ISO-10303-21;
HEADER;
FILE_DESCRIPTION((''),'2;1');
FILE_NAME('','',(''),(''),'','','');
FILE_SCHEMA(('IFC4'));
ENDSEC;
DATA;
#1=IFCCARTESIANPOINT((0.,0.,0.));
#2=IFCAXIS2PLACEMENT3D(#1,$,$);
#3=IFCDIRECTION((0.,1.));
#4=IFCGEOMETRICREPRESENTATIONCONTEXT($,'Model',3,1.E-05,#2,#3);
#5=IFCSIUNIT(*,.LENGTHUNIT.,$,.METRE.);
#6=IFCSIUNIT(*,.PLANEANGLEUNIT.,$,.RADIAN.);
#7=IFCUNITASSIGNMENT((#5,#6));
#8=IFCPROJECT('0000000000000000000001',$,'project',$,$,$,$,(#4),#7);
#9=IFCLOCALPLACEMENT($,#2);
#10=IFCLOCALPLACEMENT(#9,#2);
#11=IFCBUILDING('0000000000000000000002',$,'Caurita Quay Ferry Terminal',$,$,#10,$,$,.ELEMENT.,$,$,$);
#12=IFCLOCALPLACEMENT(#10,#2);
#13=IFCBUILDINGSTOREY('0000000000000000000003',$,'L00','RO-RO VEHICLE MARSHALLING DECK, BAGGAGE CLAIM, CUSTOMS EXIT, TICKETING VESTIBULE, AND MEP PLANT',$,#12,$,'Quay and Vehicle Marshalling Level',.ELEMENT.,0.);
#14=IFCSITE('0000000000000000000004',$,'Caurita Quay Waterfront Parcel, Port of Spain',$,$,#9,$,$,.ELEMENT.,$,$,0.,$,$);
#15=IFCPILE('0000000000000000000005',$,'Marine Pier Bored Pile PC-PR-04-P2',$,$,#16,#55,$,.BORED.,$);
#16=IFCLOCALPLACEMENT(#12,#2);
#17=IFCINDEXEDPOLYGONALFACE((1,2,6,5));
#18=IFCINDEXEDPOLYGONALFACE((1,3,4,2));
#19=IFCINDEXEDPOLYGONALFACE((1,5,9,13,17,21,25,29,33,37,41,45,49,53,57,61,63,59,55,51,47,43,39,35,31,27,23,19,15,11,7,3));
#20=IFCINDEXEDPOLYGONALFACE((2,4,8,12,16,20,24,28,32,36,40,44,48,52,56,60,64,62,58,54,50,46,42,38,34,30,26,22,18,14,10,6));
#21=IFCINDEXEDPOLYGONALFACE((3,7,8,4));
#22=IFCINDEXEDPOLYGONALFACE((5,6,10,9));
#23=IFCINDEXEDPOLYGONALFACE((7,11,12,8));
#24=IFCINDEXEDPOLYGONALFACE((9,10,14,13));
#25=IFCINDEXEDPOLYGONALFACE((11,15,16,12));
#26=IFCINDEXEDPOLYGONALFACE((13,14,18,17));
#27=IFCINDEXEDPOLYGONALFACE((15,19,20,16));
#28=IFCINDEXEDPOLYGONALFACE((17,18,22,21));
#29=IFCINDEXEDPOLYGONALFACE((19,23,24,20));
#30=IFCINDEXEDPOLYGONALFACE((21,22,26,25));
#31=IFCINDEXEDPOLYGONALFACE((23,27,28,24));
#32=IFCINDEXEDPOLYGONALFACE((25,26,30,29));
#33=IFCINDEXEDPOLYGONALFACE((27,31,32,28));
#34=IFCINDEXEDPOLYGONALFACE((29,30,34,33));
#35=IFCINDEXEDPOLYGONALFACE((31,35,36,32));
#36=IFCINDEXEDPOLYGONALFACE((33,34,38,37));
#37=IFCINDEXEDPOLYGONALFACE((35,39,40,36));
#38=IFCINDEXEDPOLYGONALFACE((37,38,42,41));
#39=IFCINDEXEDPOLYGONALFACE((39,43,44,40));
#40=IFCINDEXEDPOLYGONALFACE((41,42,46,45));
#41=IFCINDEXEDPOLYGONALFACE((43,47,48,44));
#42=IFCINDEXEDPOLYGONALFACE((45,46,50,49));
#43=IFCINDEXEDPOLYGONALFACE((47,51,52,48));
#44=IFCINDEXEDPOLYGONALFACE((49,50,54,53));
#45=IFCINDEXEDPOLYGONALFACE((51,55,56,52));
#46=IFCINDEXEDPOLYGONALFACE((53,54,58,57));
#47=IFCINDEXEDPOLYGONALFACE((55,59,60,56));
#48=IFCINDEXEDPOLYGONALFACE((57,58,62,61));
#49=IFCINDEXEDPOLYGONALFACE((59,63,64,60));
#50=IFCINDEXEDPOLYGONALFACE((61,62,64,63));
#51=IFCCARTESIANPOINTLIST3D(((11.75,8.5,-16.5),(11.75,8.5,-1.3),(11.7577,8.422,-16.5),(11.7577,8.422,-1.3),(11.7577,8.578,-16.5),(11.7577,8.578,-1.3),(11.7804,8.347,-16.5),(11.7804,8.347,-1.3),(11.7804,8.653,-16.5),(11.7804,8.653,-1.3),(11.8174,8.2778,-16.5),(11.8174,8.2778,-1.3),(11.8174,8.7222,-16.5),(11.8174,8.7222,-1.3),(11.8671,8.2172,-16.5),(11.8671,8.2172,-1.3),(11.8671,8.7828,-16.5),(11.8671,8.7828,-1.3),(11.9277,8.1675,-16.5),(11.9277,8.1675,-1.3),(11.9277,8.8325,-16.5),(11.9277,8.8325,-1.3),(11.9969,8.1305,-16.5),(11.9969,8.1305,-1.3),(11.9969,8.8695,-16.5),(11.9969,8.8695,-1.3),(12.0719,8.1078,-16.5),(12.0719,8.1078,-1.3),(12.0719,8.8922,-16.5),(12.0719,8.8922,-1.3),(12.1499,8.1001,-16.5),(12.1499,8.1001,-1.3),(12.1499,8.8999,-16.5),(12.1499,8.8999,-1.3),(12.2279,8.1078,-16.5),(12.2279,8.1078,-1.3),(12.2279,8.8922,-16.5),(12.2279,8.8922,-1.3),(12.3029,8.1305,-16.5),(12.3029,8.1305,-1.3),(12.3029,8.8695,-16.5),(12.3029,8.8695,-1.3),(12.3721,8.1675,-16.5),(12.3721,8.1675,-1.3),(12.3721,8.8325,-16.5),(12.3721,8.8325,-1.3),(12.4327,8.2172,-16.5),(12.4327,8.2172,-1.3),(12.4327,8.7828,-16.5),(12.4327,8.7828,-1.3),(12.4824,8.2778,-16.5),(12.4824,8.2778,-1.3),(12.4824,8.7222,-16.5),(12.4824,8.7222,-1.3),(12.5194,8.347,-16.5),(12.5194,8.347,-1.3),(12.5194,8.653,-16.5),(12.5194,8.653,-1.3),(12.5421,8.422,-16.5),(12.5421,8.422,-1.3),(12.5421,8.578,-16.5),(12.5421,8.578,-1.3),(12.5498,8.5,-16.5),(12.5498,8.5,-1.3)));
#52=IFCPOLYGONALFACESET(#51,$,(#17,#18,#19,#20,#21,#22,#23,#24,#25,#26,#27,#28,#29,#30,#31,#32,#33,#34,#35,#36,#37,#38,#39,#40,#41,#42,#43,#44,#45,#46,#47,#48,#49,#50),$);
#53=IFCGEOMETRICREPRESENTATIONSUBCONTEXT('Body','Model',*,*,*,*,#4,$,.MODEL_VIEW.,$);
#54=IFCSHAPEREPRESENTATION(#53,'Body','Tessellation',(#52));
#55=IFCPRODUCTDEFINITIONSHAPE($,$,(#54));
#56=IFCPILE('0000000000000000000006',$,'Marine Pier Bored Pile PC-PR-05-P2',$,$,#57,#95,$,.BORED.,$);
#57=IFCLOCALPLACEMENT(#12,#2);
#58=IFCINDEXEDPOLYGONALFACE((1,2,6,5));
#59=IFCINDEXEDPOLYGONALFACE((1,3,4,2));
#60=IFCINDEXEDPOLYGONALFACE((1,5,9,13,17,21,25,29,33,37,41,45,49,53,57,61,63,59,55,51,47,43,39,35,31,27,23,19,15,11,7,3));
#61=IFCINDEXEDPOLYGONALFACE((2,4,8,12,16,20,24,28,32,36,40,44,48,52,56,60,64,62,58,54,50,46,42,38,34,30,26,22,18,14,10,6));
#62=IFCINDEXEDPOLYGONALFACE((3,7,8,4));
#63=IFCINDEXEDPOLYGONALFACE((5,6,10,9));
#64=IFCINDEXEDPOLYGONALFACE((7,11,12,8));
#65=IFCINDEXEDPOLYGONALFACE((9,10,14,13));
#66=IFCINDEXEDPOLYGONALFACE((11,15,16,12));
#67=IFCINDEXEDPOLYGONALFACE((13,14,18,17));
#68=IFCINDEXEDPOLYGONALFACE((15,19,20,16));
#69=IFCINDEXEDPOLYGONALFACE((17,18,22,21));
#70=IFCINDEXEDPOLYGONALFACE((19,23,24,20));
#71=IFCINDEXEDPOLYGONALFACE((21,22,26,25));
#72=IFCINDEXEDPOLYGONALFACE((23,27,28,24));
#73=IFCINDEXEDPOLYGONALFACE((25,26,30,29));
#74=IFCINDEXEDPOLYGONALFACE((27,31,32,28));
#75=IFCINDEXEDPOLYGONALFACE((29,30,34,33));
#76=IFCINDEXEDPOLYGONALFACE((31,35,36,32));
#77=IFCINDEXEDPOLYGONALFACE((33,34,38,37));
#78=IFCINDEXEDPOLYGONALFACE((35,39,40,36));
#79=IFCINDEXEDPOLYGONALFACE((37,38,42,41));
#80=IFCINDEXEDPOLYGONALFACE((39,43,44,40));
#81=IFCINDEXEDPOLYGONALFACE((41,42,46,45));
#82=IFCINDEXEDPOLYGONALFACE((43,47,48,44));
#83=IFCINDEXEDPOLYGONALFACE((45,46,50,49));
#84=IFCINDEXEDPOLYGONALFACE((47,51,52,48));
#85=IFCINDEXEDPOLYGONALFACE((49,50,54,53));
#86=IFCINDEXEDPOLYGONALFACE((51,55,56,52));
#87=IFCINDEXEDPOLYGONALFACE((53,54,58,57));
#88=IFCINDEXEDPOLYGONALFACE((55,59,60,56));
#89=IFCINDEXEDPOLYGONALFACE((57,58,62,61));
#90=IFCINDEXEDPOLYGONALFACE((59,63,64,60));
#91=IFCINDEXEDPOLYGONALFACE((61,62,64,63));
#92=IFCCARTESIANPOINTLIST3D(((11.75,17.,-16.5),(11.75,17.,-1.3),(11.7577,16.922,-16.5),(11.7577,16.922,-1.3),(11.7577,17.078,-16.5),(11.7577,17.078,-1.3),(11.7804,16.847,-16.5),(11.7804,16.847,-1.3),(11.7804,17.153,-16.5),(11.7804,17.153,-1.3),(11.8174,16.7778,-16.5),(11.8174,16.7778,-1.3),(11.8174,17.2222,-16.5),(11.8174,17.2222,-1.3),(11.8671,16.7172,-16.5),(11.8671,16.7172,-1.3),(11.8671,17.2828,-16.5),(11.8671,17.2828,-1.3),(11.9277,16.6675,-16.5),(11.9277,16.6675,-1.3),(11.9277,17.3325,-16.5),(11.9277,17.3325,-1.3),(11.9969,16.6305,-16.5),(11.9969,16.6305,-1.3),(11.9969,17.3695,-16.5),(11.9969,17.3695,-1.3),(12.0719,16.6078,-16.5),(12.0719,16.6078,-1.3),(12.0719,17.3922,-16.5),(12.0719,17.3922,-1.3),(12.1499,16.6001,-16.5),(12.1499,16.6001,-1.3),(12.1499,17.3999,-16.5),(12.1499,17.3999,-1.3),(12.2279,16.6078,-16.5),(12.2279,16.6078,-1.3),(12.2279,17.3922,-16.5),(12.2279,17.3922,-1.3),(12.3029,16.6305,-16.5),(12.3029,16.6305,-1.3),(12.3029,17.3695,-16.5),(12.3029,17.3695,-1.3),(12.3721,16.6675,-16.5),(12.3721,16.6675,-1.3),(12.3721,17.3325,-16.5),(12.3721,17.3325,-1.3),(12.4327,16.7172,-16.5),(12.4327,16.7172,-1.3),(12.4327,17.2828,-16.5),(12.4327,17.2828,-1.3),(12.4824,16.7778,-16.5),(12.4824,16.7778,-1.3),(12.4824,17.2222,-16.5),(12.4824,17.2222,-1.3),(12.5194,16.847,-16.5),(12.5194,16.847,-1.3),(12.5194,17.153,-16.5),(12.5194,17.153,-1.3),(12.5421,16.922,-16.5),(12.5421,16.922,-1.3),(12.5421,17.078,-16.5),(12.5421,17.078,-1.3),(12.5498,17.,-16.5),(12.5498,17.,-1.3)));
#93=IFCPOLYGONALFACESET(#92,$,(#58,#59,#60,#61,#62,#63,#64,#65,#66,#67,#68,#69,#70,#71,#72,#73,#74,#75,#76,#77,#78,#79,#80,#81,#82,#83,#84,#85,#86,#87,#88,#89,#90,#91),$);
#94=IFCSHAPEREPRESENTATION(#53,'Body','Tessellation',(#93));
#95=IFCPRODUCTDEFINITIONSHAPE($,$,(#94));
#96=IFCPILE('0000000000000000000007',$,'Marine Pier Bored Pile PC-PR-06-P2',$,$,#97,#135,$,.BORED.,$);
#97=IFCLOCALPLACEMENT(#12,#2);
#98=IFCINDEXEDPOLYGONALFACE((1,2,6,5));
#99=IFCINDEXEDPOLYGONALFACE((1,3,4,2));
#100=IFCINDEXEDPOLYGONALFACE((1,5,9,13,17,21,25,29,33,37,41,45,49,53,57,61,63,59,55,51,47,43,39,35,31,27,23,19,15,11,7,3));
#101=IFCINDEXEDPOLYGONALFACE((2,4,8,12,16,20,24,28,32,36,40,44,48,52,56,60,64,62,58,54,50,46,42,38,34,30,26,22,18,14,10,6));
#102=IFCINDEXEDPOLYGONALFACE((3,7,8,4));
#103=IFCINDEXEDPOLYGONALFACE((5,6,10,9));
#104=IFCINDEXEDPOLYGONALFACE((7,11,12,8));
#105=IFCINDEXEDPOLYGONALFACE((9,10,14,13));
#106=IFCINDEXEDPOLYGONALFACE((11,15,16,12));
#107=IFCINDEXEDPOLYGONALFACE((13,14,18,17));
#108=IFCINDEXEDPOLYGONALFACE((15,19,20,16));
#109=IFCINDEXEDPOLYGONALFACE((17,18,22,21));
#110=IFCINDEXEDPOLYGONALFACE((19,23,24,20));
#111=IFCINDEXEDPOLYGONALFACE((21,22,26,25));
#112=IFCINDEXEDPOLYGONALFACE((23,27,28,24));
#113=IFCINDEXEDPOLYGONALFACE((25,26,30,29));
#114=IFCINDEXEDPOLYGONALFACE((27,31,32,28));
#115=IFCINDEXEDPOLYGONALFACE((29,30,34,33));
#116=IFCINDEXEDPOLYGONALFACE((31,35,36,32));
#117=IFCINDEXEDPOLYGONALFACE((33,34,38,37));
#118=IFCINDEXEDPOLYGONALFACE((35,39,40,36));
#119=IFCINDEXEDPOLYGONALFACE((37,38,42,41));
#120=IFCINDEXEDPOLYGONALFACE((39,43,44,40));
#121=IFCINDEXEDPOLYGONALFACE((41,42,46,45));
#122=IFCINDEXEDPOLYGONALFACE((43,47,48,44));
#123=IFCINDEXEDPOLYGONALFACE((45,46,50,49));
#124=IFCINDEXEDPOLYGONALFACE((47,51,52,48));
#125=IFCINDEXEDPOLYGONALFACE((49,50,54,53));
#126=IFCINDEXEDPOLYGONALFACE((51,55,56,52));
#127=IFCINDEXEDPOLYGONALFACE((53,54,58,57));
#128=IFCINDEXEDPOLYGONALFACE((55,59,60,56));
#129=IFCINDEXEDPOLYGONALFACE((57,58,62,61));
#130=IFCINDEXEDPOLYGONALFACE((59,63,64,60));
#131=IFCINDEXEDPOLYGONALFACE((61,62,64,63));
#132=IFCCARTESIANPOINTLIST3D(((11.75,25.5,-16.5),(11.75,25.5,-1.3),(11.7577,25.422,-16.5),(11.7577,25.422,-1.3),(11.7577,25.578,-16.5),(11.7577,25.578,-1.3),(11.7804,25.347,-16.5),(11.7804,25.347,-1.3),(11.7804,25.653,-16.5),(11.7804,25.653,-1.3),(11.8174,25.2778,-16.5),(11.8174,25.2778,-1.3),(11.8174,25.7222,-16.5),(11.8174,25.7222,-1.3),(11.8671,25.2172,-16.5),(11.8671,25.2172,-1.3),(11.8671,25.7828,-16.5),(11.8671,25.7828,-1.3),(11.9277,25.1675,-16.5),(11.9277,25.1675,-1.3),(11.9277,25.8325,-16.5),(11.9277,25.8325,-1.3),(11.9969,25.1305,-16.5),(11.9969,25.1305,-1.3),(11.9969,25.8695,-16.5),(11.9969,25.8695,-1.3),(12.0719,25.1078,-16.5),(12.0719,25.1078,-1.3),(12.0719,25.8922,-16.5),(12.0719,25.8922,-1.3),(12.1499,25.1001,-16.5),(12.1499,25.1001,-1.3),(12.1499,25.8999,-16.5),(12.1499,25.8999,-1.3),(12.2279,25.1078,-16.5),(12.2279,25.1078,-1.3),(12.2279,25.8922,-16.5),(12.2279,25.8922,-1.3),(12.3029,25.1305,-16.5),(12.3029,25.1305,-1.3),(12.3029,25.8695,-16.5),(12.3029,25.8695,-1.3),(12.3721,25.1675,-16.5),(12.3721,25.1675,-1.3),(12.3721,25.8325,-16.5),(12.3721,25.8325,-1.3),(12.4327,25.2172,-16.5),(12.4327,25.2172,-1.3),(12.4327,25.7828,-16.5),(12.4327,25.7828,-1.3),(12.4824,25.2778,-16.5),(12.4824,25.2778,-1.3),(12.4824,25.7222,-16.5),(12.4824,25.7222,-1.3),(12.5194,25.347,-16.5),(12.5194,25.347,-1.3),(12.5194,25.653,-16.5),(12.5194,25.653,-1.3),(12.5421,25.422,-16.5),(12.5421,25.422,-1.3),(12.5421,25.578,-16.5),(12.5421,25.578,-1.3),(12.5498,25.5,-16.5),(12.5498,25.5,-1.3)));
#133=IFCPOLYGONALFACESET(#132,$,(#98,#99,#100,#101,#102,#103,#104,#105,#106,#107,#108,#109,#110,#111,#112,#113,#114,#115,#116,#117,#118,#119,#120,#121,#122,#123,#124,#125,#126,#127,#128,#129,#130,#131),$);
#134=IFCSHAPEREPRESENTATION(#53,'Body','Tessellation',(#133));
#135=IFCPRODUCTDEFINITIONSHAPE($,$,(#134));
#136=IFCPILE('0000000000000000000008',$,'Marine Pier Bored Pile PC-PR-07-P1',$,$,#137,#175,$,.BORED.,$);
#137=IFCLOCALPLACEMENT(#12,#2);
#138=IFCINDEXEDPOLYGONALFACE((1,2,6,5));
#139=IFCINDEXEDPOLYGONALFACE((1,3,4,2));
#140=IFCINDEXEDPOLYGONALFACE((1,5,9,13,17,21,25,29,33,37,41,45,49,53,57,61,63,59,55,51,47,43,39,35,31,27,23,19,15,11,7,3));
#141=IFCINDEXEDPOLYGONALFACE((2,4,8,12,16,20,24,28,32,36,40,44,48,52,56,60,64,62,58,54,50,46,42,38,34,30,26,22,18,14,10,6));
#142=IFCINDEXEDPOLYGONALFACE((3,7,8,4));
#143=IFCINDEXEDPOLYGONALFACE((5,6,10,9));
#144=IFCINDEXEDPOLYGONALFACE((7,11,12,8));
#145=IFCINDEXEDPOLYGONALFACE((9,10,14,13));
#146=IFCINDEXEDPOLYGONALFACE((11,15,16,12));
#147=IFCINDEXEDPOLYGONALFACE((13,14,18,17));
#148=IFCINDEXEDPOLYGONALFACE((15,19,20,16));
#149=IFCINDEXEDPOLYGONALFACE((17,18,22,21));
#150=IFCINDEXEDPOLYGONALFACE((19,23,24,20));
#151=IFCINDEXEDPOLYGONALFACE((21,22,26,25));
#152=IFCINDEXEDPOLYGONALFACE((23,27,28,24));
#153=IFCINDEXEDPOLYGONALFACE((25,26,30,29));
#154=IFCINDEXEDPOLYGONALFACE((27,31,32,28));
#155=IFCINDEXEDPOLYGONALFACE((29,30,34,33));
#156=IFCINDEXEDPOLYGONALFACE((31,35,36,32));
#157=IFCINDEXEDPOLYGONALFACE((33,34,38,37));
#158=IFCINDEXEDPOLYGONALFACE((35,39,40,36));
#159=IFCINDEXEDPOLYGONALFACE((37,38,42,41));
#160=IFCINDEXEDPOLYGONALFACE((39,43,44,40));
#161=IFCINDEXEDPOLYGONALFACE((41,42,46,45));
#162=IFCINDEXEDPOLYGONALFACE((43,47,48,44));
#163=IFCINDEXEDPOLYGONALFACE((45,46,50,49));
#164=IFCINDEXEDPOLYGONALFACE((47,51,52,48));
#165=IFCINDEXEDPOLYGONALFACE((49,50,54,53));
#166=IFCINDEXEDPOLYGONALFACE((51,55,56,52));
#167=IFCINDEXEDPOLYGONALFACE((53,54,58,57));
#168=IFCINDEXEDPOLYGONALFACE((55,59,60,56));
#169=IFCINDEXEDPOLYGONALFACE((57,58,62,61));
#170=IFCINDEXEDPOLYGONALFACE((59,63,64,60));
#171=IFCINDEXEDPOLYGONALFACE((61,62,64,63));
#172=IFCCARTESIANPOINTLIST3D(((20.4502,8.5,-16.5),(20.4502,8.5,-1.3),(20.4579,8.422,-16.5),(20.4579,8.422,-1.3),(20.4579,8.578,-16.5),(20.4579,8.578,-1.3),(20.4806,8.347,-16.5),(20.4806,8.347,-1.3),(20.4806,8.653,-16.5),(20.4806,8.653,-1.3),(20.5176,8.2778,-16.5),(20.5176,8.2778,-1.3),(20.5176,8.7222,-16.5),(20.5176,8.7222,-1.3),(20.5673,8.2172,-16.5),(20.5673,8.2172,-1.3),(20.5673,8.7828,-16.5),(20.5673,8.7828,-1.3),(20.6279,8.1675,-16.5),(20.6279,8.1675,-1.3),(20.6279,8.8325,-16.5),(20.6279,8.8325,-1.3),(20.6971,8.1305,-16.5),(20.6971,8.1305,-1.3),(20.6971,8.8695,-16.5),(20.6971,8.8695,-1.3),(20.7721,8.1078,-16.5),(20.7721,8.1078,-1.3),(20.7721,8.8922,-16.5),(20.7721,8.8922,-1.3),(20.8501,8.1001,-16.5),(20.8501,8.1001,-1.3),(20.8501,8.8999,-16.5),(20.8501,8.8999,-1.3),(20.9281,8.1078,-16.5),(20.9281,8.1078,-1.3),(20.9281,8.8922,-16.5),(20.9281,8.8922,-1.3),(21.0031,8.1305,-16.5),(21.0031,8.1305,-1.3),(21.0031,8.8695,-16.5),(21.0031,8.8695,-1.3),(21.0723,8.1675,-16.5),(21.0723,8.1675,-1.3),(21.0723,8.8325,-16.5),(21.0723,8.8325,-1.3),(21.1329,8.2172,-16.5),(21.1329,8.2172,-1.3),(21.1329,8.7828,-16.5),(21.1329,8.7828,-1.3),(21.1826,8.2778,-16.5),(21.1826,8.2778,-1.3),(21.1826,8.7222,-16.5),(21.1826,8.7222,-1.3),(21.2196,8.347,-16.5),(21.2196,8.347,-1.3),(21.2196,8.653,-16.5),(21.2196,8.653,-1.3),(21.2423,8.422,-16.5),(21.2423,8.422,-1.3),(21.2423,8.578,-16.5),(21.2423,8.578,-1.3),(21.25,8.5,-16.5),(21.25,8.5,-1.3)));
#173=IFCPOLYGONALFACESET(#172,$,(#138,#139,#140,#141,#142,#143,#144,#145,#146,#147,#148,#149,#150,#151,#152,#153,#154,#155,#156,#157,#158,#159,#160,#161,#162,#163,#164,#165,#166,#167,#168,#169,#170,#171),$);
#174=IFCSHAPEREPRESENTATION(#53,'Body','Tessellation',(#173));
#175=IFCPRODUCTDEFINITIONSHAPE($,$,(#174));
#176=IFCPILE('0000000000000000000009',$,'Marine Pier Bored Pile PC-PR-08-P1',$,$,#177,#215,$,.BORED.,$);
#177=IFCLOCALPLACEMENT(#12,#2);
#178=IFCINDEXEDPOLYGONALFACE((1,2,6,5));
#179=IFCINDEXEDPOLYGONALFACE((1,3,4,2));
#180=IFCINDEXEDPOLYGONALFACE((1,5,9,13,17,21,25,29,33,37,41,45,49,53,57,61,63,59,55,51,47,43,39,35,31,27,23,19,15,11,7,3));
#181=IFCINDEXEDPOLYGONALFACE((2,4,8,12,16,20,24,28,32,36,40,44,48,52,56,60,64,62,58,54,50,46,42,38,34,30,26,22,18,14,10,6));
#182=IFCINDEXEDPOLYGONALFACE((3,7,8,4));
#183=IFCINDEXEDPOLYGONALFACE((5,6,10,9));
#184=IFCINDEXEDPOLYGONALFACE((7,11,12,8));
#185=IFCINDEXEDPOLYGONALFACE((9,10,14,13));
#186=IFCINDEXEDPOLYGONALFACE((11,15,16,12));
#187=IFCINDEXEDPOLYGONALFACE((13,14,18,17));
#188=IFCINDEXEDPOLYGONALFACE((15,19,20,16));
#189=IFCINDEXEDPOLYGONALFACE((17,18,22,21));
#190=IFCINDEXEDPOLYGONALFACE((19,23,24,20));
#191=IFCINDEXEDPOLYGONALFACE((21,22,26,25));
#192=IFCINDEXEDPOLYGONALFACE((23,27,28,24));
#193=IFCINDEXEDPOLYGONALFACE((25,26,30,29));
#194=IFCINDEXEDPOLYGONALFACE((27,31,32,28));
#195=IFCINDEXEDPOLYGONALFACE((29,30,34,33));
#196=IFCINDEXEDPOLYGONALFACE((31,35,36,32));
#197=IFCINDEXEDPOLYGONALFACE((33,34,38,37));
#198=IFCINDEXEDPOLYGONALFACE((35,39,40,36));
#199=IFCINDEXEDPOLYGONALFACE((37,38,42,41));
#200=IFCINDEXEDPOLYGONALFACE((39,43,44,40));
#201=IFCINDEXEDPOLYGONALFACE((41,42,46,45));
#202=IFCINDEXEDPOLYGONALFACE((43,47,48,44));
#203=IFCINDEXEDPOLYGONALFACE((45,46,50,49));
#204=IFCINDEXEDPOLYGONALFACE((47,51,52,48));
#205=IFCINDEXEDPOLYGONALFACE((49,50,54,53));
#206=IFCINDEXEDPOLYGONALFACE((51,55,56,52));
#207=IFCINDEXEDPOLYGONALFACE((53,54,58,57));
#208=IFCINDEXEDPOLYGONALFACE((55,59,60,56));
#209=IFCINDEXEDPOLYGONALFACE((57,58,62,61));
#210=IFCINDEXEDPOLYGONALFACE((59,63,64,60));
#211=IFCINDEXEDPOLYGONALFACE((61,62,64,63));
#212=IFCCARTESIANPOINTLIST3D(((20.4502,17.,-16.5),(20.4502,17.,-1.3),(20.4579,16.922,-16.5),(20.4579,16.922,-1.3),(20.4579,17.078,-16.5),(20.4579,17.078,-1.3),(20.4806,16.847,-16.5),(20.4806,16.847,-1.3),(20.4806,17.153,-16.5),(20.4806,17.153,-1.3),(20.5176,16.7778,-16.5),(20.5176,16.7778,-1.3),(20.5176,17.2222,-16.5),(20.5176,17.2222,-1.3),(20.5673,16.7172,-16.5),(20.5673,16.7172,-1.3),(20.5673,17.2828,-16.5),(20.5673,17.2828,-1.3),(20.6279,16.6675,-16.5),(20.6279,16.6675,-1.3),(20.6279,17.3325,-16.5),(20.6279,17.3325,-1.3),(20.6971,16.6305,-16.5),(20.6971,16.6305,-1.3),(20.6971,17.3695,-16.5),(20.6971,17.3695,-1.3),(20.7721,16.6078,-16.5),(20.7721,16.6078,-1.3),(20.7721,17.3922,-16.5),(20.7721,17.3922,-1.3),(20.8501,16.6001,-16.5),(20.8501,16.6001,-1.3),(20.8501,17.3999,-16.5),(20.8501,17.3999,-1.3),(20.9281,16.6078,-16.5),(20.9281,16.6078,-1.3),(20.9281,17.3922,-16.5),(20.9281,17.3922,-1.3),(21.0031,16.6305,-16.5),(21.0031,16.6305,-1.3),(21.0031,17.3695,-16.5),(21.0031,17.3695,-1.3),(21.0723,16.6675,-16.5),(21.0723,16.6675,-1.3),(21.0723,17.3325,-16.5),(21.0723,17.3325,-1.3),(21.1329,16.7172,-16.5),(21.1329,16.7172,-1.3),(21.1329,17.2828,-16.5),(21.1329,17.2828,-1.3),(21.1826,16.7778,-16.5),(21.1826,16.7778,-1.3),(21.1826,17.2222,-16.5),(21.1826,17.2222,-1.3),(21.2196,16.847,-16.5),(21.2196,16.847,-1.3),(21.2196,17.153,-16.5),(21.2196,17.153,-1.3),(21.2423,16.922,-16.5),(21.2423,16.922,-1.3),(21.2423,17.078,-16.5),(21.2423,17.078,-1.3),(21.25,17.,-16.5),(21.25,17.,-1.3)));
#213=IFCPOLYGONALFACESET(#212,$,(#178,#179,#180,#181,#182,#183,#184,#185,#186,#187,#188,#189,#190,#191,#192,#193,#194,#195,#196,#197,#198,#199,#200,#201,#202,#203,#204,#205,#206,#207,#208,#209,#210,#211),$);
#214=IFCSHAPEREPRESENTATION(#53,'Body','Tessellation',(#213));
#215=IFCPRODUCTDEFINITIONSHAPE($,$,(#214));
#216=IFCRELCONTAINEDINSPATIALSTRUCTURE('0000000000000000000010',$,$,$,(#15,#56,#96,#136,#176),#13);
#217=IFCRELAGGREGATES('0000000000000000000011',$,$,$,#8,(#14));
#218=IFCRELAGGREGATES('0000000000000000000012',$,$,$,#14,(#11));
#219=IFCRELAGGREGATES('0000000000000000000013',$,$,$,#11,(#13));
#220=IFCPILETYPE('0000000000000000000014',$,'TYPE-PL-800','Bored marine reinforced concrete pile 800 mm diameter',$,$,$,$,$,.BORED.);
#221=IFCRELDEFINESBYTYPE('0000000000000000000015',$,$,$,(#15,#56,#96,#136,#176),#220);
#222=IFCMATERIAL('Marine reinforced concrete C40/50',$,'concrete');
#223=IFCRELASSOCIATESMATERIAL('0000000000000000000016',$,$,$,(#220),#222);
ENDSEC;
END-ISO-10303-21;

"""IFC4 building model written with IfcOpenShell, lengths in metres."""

from ifc_helpers import new_model, si_unit, direction, frame, origin, origin_2d, place, context, subcontext, project, spatial, circle, extrude, material, material_profile, profile_set, type_object, element, save


model = new_model("IFC4")

# Units and contexts
model_context = context("Model", 3, precision=1e-05, world=origin(), true_north=direction((0.0, 1.0)))
body_context = subcontext(model_context, "Body", "Model", "MODEL_VIEW")
ifc_project = project(units=[si_unit("LENGTHUNIT", "METRE"), si_unit("PLANEANGLEUNIT", "RADIAN")], contexts=[model_context])

# Site, building, storey
site_placement = place(None, origin())
site = spatial("IfcSite", under=ifc_project, at=site_placement, Name="Caurita Quay Waterfront Parcel, Port of Spain", CompositionType="ELEMENT", RefElevation=0.0)
building_placement = place(site_placement, origin())
building = spatial("IfcBuilding", under=site, at=building_placement, Name="Caurita Quay Ferry Terminal", CompositionType="ELEMENT")
storey_placement = place(building_placement, origin())
storey = spatial("IfcBuildingStorey", under=building, at=storey_placement, Name="L00", Description="RO-RO VEHICLE MARSHALLING DECK, BAGGAGE CLAIM, CUSTOMS EXIT, TICKETING VESTIBULE, AND MEP PLANT", LongName="Quay and Vehicle Marshalling Level", CompositionType="ELEMENT", Elevation=0.0)

# Piles
ifc_material_1 = material(Name="Marine reinforced concrete C40/50", Category="concrete")
ifc_material_profile_1 = material_profile(ifc_material_1, circle(Radius=0.3999, at=origin_2d()), Name="PILE-D800")
ifc_profile_set_1 = profile_set([ifc_material_profile_1], Name="Marine reinforced concrete C40/50")
pile_type_1 = type_object("IfcPileType", Name="TYPE-PL-800", Description="Bored marine reinforced concrete pile 800 mm diameter", PredefinedType="BORED", material=ifc_profile_set_1)
for number, where, z_axis, x_axis, name in (
    (1, (12.1499, 8.5, -1.3), (0.0, 0.0, -1.0), (1.0, 0.0, 0.0), "Marine Pier Bored Pile PC-PR-04-P2"),
    (2, (12.1499, 17.0, -1.3), (0.0, 0.0, -1.0), (1.0, 0.0, 0.0), "Marine Pier Bored Pile PC-PR-05-P2"),
    (3, (12.1499, 25.5, -1.3), (0.0, 0.0, -1.0), (1.0, 0.0, 0.0), "Marine Pier Bored Pile PC-PR-06-P2"),
    (4, (20.8501, 8.5, -1.3), (0.0, 0.0, -1.0), (1.0, 0.0, 0.0), "Marine Pier Bored Pile PC-PR-07-P1"),
    (5, (20.8501, 17.0, -1.3), (0.0, 0.0, -1.0), (1.0, 0.0, 0.0), "Marine Pier Bored Pile PC-PR-08-P1"),
):
    element("IfcPile", number, at=place(storey_placement, frame(where, z_axis=z_axis, x_axis=x_axis)), inside=storey, type_object=pile_type_1, Name=name, PredefinedType="BORED", context=body_context, shape_type="SweptSolid", body=[
        extrude(circle(Radius=0.3999, at=origin_2d()), origin(), (0.0, 0.0, 1.0), 15.2),
    ])

save(model, "model.ifc")
